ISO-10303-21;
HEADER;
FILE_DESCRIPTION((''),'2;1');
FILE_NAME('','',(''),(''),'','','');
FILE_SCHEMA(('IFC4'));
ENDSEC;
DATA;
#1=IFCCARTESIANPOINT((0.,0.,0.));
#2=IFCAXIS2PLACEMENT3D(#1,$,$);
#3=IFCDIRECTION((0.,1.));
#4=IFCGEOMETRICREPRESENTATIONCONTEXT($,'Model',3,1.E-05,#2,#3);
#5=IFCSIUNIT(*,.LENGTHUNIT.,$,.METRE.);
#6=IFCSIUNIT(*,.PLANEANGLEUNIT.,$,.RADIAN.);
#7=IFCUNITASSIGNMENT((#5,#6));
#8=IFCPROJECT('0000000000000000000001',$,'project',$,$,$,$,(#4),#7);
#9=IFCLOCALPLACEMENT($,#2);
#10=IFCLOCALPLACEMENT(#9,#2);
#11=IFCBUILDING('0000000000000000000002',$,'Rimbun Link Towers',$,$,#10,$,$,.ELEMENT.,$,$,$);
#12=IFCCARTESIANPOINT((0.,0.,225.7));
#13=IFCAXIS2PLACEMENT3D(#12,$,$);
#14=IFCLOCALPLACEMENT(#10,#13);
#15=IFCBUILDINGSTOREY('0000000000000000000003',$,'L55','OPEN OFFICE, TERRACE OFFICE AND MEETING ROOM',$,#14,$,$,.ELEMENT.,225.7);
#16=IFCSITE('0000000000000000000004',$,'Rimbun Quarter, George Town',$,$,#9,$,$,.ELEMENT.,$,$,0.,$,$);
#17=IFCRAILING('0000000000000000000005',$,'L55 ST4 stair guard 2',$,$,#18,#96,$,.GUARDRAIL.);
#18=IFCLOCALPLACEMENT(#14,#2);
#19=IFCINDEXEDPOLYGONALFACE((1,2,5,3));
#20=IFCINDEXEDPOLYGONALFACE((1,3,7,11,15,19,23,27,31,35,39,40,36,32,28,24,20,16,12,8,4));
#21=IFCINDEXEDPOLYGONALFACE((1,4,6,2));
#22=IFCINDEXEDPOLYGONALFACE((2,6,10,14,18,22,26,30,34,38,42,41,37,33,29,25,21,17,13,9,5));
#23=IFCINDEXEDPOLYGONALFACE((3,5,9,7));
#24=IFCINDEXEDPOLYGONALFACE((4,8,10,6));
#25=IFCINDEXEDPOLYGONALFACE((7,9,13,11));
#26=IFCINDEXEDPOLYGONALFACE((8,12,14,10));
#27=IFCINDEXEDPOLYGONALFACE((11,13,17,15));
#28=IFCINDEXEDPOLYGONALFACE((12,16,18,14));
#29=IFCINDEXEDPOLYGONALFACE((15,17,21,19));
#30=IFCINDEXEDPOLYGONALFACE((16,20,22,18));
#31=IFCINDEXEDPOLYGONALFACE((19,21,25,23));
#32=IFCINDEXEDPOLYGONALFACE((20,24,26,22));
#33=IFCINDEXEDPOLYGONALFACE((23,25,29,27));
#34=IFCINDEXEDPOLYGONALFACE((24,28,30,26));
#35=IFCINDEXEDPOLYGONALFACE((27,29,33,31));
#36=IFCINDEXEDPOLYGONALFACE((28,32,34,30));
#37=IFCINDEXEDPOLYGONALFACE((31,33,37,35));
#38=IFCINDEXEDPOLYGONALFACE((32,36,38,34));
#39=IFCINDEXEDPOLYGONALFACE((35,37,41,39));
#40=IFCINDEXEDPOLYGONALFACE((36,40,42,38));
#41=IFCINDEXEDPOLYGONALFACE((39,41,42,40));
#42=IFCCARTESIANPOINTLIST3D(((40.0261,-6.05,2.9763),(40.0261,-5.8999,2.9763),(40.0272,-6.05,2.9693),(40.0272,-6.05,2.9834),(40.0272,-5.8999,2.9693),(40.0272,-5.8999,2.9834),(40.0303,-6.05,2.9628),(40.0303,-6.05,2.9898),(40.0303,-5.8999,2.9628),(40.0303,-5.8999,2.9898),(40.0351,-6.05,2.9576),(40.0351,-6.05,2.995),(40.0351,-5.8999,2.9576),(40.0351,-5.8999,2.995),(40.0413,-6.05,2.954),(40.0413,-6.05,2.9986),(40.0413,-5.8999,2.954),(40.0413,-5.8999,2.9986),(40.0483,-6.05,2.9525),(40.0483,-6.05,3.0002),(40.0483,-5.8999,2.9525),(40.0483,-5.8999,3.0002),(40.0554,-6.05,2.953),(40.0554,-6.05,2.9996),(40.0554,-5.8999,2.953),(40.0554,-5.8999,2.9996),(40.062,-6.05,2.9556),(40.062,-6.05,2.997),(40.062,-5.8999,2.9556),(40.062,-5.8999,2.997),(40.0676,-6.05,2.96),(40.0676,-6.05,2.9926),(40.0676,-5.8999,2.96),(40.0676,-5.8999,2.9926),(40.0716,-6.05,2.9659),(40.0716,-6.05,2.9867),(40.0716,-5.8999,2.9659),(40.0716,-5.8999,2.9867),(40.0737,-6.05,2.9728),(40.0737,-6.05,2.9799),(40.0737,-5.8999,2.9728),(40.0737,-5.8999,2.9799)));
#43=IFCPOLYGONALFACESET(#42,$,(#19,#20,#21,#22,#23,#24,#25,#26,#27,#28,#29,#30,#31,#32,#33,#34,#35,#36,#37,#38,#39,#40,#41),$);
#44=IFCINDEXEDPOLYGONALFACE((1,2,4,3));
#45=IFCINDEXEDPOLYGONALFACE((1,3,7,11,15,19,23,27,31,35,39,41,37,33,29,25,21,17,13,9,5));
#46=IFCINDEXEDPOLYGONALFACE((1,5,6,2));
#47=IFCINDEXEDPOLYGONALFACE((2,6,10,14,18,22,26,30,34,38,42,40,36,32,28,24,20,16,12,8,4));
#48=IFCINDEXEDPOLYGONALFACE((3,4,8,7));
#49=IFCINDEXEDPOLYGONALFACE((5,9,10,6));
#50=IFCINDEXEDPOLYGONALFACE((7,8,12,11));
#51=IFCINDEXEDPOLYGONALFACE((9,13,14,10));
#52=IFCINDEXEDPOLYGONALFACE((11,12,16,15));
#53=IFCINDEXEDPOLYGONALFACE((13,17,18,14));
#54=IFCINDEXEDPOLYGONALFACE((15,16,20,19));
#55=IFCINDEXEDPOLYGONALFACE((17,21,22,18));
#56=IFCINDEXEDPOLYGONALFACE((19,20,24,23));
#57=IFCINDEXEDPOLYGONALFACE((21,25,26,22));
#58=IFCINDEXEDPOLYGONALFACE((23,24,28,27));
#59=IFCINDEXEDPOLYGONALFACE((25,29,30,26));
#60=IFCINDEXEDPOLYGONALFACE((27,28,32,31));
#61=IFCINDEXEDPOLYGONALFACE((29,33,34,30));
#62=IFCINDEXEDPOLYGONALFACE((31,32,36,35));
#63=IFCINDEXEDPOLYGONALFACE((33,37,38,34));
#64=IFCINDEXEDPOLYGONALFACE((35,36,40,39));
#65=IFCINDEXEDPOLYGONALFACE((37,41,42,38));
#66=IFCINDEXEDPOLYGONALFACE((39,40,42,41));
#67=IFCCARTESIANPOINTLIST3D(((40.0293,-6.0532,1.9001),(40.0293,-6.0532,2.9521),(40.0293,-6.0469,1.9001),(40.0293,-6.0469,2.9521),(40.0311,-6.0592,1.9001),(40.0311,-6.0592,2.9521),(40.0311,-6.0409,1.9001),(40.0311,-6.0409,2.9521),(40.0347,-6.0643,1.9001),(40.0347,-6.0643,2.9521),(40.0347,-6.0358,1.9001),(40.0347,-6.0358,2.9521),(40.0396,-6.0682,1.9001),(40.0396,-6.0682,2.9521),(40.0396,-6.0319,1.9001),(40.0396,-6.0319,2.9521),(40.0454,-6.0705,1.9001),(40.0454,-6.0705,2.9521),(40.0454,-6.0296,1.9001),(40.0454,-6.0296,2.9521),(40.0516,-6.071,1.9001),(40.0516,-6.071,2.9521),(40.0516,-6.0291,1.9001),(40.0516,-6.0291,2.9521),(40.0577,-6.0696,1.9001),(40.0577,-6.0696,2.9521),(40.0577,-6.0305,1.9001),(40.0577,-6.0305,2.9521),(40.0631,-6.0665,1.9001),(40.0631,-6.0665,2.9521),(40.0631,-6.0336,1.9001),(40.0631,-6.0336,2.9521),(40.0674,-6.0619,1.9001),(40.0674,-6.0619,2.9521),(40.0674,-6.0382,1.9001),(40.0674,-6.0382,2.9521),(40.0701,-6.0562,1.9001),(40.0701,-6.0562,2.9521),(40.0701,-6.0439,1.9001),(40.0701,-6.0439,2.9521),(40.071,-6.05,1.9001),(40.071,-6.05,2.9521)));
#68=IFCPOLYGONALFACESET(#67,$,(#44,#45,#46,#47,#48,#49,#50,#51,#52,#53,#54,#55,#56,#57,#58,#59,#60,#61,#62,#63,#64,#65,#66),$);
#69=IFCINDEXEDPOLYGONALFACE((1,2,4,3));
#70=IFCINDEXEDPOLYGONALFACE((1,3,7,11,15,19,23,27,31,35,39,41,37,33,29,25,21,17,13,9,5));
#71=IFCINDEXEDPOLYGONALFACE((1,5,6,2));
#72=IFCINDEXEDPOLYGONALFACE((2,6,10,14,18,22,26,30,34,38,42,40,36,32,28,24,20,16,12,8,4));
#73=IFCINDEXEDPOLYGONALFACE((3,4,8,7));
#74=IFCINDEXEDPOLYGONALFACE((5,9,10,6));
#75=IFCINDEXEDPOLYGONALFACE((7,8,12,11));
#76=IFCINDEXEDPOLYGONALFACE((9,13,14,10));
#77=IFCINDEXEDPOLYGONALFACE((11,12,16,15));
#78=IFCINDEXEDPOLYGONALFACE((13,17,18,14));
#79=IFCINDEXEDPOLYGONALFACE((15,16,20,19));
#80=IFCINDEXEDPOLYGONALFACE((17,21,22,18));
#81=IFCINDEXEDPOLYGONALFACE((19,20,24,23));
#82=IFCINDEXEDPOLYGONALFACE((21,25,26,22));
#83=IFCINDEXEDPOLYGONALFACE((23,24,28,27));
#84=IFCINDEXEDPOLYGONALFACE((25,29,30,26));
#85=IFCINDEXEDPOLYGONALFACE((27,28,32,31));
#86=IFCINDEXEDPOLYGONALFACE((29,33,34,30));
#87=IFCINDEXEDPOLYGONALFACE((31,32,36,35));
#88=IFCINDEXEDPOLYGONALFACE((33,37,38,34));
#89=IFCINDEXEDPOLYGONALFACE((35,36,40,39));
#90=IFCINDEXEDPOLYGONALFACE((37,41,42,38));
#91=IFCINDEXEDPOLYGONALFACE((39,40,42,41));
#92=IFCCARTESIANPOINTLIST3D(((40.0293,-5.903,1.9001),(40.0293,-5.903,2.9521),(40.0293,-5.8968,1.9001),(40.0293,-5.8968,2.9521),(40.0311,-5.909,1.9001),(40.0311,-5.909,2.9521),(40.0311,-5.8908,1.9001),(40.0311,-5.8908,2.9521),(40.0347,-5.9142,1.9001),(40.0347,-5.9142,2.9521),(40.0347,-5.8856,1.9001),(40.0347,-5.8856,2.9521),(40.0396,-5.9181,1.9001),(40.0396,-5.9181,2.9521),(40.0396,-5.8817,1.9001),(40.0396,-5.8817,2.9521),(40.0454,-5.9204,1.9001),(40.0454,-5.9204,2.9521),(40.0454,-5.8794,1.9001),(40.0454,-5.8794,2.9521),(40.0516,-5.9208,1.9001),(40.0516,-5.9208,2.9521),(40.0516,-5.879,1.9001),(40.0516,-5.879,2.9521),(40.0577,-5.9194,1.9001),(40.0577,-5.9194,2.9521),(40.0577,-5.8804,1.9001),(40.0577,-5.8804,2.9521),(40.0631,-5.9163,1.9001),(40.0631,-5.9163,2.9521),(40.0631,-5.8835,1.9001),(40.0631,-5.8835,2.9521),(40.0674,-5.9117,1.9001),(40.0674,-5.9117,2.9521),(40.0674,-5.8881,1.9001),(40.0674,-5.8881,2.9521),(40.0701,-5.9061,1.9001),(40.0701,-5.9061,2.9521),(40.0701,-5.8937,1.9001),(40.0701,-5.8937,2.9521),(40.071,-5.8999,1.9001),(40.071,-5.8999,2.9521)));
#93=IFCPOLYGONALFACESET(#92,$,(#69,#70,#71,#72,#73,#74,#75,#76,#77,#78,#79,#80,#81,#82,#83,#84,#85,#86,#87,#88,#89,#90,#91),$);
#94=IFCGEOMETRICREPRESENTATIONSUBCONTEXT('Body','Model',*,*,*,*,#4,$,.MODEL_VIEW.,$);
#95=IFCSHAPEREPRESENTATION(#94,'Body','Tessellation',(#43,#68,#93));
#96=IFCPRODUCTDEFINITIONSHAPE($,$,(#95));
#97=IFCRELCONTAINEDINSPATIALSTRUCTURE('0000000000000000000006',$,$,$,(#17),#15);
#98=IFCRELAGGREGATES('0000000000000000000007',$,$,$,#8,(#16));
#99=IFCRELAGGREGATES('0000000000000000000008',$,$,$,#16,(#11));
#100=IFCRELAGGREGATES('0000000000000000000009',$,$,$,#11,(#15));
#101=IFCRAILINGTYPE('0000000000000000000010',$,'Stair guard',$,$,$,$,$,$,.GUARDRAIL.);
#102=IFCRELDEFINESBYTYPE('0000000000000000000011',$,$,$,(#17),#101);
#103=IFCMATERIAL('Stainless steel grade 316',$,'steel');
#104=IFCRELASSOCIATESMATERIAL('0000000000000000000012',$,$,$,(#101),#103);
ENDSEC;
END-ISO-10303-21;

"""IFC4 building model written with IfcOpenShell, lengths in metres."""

from ifc_helpers import new_model, si_unit, direction, frame, origin, origin_2d, place, context, subcontext, project, spatial, circle, extrude, material, type_object, element, save


model = new_model("IFC4")

# Units and contexts
model_context = context("Model", 3, precision=1e-05, world=origin(), true_north=direction((0.0, 1.0)))
body_context = subcontext(model_context, "Body", "Model", "MODEL_VIEW")
ifc_project = project(units=[si_unit("LENGTHUNIT", "METRE"), si_unit("PLANEANGLEUNIT", "RADIAN")], contexts=[model_context])

# Site, building, storey
site_placement = place(None, origin())
site = spatial("IfcSite", under=ifc_project, at=site_placement, Name="Rimbun Quarter, George Town", CompositionType="ELEMENT", RefElevation=0.0)
building_placement = place(site_placement, origin())
building = spatial("IfcBuilding", under=site, at=building_placement, Name="Rimbun Link Towers", CompositionType="ELEMENT")
storey_placement = place(building_placement, frame((0.0, 0.0, 225.7)))
storey = spatial("IfcBuildingStorey", under=building, at=storey_placement, Name="L55", Description="OPEN OFFICE, TERRACE OFFICE AND MEETING ROOM", CompositionType="ELEMENT", Elevation=225.7)

# Railing
ifc_material_1 = material(Name="Stainless steel grade 316", Category="steel")
railing_type_1 = type_object("IfcRailingType", Name="Stair guard", PredefinedType="GUARDRAIL", material=ifc_material_1)
railing_1_placement = place(storey_placement, frame((40.05, -6.05, 1.9001)))
element("IfcRailing", 1, at=railing_1_placement, inside=storey, type_object=railing_type_1, Name="L55 ST4 stair guard 2", PredefinedType="GUARDRAIL", context=body_context, shape_type="SweptSolid", body=[
    extrude(circle(Radius=0.0239, at=origin_2d()), frame((0.0, 0.0, 1.0762), z_axis=(0.0, 1.0, 0.0), x_axis=(-1.0, 0.0, 0.0)), (0.0, 0.0, 1.0), 0.1501),
    extrude(circle(Radius=0.021, at=origin_2d()), origin(), (0.0, 0.0, 1.0), 1.052),
    extrude(circle(Radius=0.021, at=origin_2d()), frame((0.0, 0.1501, 0.0)), (0.0, 0.0, 1.0), 1.052),
])

save(model, "model.ifc")
